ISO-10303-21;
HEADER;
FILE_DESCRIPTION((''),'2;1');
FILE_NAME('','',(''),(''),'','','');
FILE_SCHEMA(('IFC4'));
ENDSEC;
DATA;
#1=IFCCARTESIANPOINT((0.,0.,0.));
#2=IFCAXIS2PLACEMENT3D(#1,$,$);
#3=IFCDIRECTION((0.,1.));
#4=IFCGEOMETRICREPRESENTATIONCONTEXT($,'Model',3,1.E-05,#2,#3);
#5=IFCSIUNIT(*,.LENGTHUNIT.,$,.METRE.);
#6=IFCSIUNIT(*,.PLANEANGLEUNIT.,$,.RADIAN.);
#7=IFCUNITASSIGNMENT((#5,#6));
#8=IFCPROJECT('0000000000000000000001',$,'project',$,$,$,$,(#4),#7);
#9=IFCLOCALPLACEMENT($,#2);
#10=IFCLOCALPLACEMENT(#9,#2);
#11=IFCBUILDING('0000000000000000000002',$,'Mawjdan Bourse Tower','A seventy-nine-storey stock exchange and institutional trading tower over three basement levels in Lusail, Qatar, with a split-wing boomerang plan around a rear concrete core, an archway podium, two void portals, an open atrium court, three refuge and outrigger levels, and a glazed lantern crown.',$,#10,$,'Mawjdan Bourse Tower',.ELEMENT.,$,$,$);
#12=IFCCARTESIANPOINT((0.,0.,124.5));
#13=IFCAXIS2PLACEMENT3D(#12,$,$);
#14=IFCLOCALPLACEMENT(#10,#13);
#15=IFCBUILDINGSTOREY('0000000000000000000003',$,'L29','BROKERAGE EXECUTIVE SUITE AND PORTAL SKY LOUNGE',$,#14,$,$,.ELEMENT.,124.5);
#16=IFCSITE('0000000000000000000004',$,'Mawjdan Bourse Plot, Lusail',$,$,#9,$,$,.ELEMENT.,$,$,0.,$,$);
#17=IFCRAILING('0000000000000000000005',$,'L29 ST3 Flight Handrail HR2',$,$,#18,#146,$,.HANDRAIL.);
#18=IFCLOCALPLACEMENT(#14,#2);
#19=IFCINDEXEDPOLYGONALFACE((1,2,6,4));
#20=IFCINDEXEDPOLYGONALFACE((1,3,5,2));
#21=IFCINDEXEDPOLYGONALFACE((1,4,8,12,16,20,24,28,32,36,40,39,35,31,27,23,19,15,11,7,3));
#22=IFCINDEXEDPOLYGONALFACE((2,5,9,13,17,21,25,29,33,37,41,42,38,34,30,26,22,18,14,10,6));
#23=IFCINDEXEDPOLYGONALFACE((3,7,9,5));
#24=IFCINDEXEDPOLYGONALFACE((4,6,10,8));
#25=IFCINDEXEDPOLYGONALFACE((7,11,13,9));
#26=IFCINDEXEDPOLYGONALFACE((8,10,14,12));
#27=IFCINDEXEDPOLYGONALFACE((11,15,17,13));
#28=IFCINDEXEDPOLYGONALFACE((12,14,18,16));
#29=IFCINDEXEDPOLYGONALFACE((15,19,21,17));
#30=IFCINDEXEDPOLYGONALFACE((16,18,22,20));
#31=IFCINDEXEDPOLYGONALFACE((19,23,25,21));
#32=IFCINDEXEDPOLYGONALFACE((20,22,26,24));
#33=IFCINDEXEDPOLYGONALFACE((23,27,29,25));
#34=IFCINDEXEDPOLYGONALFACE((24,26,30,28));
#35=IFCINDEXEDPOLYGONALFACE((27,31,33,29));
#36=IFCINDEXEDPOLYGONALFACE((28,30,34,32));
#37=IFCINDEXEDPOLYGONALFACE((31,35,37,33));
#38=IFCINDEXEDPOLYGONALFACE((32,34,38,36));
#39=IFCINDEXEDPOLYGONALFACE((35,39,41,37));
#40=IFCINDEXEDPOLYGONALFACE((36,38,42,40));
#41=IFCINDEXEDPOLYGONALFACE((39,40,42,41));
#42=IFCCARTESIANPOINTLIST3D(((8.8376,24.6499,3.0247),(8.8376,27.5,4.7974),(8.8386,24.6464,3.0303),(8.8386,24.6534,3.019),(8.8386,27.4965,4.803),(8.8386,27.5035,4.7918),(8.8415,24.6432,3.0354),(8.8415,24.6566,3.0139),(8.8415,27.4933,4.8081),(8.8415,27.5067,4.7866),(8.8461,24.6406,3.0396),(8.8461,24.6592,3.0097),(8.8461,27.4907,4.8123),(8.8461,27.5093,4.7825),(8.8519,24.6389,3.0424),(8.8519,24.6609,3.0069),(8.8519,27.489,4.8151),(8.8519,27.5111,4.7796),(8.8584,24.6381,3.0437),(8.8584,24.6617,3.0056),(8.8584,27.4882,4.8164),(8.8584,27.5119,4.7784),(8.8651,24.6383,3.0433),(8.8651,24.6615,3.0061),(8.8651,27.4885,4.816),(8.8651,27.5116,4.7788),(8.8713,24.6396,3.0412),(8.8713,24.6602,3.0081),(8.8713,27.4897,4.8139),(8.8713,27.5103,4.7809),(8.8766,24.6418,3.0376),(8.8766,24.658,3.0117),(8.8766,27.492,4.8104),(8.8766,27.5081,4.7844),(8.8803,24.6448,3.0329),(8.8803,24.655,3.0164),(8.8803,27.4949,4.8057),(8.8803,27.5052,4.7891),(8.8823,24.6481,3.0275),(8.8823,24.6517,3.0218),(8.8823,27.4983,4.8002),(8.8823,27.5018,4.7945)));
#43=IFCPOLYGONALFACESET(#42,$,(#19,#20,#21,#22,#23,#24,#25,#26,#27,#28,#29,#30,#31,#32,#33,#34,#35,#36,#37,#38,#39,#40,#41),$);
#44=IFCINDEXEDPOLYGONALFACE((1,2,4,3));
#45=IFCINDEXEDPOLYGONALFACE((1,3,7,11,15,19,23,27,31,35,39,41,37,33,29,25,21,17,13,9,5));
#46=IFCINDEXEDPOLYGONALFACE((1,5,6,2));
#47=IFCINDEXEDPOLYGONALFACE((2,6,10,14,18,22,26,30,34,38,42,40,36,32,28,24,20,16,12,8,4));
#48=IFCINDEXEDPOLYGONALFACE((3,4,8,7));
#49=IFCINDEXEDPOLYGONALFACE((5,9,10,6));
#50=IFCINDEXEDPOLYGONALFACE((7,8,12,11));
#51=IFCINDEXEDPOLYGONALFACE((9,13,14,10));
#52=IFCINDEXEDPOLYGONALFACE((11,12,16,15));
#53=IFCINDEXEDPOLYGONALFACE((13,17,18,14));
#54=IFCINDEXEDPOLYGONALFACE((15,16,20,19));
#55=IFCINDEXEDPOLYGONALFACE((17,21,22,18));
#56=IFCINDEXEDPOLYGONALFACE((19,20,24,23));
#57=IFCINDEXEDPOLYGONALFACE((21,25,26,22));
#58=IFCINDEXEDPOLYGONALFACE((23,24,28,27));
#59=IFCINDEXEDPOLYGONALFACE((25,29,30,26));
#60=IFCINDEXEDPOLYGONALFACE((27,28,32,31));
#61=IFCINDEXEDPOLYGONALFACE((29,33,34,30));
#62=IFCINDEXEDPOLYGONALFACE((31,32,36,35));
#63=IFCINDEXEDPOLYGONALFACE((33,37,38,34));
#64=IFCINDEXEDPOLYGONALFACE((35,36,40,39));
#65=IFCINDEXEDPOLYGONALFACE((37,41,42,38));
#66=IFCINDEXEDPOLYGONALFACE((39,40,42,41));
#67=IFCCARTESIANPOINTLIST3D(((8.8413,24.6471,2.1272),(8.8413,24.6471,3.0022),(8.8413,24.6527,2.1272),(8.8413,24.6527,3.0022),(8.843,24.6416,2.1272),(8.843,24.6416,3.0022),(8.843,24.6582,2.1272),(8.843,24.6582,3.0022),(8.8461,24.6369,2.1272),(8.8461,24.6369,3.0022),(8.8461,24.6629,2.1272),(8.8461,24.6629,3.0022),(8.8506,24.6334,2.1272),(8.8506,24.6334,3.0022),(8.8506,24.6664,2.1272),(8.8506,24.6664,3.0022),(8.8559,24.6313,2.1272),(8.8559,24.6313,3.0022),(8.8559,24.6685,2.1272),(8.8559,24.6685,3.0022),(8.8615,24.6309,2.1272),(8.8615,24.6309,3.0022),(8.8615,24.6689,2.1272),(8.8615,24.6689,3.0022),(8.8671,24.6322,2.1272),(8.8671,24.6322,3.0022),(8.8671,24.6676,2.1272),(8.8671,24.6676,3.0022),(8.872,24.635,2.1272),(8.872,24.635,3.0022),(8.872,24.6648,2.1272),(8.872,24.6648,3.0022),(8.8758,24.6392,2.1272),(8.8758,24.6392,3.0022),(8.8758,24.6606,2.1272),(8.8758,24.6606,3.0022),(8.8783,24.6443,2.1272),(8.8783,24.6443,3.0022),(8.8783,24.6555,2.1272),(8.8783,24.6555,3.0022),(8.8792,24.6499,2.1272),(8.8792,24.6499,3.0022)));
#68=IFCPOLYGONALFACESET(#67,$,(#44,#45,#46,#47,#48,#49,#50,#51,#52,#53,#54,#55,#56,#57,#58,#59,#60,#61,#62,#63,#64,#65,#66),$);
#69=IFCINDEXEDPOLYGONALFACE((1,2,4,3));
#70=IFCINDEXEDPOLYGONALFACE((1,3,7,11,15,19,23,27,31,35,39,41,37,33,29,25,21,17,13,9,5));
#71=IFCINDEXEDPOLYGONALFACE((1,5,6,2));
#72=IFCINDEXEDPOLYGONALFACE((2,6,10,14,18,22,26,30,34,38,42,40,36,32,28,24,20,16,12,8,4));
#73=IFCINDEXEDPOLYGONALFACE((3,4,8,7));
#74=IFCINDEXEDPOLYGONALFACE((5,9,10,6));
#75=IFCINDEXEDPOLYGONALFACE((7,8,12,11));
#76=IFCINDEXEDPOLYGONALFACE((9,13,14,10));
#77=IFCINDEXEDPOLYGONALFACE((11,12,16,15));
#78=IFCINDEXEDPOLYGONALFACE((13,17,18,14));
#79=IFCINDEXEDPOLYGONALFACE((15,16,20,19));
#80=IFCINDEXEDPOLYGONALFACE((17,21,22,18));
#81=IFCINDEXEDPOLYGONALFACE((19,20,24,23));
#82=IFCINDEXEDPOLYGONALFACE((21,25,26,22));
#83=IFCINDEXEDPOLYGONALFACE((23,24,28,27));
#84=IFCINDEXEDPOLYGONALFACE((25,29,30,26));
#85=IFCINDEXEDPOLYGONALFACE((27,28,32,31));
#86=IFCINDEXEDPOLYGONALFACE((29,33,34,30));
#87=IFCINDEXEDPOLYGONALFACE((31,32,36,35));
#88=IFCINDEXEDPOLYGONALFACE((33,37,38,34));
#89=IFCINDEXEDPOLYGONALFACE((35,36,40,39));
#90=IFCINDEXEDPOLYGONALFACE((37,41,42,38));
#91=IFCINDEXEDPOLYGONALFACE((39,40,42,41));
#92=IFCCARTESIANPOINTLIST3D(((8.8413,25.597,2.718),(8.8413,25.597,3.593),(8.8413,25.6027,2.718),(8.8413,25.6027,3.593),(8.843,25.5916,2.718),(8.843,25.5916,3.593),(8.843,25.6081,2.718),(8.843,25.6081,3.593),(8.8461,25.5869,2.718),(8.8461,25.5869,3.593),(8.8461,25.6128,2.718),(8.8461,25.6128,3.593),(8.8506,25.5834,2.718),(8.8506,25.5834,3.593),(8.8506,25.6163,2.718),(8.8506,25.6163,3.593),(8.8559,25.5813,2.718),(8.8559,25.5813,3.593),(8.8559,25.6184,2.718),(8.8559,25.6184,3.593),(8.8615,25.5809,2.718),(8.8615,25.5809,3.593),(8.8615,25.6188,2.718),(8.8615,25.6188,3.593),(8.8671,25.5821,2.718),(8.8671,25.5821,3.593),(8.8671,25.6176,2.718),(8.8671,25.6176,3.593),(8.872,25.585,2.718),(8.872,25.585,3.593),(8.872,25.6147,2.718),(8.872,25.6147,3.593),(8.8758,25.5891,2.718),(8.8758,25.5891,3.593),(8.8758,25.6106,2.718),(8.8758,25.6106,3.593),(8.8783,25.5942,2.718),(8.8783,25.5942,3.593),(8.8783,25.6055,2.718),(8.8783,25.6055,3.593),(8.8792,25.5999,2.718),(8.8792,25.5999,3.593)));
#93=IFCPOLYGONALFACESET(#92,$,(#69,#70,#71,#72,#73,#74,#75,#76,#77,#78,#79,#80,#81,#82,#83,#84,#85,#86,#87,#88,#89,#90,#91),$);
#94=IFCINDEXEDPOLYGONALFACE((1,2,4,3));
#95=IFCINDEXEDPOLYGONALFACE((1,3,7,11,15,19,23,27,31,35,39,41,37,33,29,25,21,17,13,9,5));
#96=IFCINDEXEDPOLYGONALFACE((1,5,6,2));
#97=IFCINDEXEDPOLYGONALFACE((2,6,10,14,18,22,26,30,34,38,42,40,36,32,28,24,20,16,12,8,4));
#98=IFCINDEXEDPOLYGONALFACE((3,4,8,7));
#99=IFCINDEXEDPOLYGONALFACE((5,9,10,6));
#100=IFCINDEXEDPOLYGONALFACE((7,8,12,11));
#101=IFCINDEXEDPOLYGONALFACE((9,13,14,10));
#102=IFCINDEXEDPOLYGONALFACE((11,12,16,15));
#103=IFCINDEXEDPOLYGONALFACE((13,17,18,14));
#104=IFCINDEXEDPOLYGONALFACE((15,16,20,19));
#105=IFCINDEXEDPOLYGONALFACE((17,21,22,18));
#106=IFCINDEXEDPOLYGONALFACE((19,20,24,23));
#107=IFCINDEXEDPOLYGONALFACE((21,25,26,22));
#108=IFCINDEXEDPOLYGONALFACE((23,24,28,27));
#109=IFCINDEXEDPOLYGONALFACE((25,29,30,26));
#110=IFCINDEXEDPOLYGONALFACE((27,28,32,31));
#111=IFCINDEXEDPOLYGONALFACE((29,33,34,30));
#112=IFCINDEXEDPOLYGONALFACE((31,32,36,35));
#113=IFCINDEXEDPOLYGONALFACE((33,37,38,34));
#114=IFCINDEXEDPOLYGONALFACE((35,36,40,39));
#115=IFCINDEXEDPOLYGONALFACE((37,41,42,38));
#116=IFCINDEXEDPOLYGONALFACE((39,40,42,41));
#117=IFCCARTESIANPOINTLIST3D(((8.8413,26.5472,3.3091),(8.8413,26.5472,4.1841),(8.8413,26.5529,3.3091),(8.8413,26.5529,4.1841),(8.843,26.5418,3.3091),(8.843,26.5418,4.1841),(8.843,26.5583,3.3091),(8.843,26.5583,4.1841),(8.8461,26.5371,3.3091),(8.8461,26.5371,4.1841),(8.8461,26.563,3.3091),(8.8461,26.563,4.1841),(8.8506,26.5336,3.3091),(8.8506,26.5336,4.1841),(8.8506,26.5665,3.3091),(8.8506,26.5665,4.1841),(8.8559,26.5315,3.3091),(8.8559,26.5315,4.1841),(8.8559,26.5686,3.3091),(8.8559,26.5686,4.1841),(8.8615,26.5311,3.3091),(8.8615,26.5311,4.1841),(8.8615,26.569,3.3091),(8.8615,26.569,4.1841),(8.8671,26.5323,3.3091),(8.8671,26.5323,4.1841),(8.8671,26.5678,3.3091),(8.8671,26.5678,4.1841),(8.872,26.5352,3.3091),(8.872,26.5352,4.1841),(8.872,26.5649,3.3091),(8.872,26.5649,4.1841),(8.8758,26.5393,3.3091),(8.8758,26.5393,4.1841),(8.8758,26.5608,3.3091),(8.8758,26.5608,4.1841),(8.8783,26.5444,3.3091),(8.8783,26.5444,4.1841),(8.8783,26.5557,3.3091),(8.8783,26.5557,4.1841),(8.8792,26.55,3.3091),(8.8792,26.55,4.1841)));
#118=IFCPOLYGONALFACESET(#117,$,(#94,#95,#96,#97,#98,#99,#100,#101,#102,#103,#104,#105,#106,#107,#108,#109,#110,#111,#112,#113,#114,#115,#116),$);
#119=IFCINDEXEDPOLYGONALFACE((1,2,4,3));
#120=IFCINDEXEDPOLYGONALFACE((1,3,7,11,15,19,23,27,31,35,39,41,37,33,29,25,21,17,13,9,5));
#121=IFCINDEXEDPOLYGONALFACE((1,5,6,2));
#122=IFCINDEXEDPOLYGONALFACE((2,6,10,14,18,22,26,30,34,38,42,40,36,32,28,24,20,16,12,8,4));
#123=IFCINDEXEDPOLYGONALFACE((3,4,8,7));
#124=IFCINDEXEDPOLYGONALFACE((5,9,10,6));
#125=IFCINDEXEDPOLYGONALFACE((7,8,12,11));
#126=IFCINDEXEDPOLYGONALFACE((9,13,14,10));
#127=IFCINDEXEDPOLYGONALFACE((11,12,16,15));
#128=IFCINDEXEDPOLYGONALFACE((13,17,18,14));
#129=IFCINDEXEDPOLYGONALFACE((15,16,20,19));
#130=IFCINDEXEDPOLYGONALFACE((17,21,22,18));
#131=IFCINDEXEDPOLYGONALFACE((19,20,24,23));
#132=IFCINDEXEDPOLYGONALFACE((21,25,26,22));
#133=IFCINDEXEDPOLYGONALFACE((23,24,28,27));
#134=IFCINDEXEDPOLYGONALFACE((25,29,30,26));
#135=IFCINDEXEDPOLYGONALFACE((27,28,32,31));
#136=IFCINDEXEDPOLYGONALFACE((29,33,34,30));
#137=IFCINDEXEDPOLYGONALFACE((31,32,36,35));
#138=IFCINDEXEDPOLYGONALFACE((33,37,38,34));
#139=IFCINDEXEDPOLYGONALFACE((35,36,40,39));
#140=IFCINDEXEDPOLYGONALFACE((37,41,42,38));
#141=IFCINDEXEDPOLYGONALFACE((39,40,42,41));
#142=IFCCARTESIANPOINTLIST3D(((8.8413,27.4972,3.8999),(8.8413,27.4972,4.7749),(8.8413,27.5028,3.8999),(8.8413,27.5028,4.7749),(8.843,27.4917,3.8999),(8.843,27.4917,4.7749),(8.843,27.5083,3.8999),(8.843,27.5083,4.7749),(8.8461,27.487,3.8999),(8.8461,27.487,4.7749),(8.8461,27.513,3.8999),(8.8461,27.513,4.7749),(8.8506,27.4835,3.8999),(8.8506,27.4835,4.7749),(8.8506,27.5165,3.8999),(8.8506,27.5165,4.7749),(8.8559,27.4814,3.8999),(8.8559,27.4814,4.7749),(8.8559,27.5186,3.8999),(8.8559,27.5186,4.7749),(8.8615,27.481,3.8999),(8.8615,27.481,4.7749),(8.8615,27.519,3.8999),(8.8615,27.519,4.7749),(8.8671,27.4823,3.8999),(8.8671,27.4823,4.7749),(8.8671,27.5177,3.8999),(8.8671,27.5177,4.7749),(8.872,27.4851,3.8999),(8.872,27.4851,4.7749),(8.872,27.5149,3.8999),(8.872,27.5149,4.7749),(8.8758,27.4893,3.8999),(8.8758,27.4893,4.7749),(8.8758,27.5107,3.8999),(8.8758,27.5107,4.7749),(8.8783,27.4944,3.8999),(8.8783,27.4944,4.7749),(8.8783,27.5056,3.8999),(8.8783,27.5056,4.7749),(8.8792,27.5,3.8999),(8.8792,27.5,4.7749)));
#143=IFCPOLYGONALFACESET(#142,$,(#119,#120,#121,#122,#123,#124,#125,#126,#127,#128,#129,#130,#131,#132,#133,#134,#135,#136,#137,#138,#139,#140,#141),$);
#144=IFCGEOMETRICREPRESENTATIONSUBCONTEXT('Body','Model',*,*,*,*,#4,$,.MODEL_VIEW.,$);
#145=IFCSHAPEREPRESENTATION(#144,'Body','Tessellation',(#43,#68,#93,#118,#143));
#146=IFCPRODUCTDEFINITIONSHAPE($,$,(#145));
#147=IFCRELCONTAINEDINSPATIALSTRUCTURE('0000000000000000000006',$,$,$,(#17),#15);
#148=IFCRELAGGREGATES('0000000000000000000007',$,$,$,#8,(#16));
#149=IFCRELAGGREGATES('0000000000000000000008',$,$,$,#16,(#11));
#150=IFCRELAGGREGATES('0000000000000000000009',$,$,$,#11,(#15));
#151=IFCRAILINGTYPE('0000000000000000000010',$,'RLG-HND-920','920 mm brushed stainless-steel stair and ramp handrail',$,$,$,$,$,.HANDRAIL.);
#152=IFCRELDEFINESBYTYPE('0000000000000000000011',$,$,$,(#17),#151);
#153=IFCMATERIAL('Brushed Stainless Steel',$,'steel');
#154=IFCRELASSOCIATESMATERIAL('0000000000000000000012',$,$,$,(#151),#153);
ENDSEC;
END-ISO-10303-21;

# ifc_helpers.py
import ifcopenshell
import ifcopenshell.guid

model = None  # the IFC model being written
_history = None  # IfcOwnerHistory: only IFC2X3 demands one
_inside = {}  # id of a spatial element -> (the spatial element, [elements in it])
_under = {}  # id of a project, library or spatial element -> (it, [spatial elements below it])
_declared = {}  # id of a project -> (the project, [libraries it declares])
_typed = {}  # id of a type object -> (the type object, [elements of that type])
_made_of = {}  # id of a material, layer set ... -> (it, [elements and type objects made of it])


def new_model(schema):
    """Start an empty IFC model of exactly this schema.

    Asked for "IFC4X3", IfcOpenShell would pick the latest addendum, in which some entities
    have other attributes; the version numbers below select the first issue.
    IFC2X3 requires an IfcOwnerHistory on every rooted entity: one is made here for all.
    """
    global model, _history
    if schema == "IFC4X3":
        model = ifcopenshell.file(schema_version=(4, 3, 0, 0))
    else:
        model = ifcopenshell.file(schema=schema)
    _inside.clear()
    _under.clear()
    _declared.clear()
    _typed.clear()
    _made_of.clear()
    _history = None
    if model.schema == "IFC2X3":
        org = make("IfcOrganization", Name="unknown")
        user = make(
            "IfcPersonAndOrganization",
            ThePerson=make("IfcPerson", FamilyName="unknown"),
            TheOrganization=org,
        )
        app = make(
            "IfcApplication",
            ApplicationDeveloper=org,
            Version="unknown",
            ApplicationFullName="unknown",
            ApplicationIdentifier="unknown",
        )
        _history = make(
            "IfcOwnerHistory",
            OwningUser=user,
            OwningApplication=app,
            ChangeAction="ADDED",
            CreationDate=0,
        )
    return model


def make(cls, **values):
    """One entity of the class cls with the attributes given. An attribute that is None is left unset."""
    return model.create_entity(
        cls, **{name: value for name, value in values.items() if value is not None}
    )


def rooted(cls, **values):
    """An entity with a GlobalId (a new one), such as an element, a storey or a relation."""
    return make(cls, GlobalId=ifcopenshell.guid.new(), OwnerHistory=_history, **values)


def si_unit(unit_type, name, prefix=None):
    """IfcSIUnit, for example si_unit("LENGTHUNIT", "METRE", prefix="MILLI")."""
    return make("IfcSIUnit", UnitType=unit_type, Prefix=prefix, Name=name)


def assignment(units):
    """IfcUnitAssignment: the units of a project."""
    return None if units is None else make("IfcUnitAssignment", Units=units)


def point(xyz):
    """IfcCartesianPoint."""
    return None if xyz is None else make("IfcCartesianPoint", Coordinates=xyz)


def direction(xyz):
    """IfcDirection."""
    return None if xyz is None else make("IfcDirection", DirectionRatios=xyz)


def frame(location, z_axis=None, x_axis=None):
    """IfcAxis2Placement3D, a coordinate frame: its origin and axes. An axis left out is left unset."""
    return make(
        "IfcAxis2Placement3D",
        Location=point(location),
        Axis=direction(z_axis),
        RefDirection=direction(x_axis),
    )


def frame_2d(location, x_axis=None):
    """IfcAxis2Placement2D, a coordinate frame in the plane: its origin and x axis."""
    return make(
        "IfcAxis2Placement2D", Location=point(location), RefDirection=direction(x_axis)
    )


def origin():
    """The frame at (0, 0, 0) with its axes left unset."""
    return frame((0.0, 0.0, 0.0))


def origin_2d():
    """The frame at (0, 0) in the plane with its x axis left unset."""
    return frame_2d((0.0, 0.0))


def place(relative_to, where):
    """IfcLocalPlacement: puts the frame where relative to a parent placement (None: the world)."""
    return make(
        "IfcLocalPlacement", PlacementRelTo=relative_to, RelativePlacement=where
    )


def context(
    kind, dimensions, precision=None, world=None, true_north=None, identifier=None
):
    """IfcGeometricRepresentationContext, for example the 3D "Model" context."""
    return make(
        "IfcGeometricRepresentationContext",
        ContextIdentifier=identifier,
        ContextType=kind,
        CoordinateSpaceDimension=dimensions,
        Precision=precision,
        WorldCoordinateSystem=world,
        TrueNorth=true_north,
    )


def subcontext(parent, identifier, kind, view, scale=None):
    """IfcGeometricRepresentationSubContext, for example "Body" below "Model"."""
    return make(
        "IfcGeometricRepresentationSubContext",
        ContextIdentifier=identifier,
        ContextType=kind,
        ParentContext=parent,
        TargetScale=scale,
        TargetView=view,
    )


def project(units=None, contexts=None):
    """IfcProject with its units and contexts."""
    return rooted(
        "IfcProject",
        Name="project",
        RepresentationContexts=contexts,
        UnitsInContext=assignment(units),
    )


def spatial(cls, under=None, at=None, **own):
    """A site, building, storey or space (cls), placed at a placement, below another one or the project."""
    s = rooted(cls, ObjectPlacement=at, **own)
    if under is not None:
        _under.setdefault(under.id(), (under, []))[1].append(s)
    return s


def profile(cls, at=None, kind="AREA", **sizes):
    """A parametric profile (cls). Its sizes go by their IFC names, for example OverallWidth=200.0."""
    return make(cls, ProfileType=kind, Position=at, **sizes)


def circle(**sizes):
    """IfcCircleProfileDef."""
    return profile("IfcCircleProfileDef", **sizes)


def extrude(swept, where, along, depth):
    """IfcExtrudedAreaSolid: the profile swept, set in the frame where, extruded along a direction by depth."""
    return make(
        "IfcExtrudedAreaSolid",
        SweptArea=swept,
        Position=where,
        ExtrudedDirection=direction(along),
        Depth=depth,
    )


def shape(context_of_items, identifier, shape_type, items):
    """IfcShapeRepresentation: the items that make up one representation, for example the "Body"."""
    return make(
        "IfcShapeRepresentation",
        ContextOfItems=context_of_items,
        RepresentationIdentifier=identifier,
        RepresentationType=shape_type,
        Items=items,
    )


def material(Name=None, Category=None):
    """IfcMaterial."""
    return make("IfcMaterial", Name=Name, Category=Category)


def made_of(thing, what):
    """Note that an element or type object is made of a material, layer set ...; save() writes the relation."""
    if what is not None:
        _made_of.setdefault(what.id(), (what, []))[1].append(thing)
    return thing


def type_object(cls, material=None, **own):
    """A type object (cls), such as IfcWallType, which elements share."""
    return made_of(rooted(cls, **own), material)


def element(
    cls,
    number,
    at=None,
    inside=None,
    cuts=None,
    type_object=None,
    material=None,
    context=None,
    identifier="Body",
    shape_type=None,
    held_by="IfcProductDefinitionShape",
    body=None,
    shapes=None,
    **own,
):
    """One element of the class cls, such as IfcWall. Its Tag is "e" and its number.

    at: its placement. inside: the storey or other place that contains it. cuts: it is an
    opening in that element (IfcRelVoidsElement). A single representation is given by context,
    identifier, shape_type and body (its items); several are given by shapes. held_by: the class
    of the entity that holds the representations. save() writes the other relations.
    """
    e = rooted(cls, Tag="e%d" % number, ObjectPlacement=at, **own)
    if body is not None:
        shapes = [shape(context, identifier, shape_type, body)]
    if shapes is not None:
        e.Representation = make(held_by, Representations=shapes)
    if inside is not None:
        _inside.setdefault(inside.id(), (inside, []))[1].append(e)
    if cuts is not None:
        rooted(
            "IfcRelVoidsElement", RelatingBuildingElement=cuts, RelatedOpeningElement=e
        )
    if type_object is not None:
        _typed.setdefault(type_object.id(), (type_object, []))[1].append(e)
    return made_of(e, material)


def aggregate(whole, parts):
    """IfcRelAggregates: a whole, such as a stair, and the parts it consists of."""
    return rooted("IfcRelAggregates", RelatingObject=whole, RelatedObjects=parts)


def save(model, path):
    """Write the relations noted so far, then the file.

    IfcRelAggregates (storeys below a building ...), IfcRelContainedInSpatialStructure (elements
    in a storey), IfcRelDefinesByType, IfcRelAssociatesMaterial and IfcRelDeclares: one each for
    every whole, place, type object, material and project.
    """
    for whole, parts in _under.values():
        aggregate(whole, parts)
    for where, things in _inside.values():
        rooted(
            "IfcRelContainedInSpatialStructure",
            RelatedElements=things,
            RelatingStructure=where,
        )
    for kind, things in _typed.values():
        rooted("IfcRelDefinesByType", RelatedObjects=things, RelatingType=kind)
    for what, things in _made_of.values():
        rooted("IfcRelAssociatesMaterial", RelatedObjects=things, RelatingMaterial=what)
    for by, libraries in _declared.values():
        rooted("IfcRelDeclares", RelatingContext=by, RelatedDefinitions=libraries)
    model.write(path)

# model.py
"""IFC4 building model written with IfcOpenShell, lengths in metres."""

from ifc_helpers import new_model, si_unit, direction, frame, origin, origin_2d, place, context, subcontext, project, spatial, circle, extrude, material, type_object, element, save


model = new_model("IFC4")

# Units and contexts
model_context = context("Model", 3, precision=1e-05, world=origin(), true_north=direction((0.0, 1.0)))
body_context = subcontext(model_context, "Body", "Model", "MODEL_VIEW")
ifc_project = project(units=[si_unit("LENGTHUNIT", "METRE"), si_unit("PLANEANGLEUNIT", "RADIAN")], contexts=[model_context])

# Site, building, storey
site_placement = place(None, origin())
site = spatial("IfcSite", under=ifc_project, at=site_placement, Name="Mawjdan Bourse Plot, Lusail", CompositionType="ELEMENT", RefElevation=0.0)
building_placement = place(site_placement, origin())
building = spatial("IfcBuilding", under=site, at=building_placement, Name="Mawjdan Bourse Tower", Description="A seventy-nine-storey stock exchange and institutional trading tower over three basement levels in Lusail, Qatar, with a split-wing boomerang plan around a rear concrete core, an archway podium, two void portals, an open atrium court, three refuge and outrigger levels, and a glazed lantern crown.", LongName="Mawjdan Bourse Tower", CompositionType="ELEMENT")
storey_placement = place(building_placement, frame((0.0, 0.0, 124.5)))
storey = spatial("IfcBuildingStorey", under=building, at=storey_placement, Name="L29", Description="BROKERAGE EXECUTIVE SUITE AND PORTAL SKY LOUNGE", CompositionType="ELEMENT", Elevation=124.5)

# Railing
ifc_material_1 = material(Name="Brushed Stainless Steel", Category="steel")
railing_type_1 = type_object("IfcRailingType", Name="RLG-HND-920", Description="920 mm brushed stainless-steel stair and ramp handrail", PredefinedType="HANDRAIL", material=ifc_material_1)
railing_placement = place(storey_placement, frame((8.8601, 24.6499, 2.1272)))
element("IfcRailing", 1, at=railing_placement, inside=storey, type_object=railing_type_1, Name="L29 ST3 Flight Handrail HR2", PredefinedType="HANDRAIL", context=body_context, shape_type="SweptSolid", body=[
    extrude(circle(Radius=0.0225, at=origin_2d()), frame((0.0, 0.0, 0.8975), z_axis=(0.0, 0.849149, 0.528154), x_axis=(-1.0, 0.0, 0.0)), (0.0, 0.0, 1.0), 3.3564),
    extrude(circle(Radius=0.019, at=origin_2d()), origin(), (0.0, 0.0, 1.0), 0.875),
    extrude(circle(Radius=0.019, at=origin_2d()), frame((0.0, 0.95, 0.5908)), (0.0, 0.0, 1.0), 0.875),
    extrude(circle(Radius=0.019, at=origin_2d()), frame((0.0, 1.9001, 1.1819)), (0.0, 0.0, 1.0), 0.875),
    extrude(circle(Radius=0.019, at=origin_2d()), frame((0.0, 2.8501, 1.7727)), (0.0, 0.0, 1.0), 0.875),
])

save(model, "model.ifc")
